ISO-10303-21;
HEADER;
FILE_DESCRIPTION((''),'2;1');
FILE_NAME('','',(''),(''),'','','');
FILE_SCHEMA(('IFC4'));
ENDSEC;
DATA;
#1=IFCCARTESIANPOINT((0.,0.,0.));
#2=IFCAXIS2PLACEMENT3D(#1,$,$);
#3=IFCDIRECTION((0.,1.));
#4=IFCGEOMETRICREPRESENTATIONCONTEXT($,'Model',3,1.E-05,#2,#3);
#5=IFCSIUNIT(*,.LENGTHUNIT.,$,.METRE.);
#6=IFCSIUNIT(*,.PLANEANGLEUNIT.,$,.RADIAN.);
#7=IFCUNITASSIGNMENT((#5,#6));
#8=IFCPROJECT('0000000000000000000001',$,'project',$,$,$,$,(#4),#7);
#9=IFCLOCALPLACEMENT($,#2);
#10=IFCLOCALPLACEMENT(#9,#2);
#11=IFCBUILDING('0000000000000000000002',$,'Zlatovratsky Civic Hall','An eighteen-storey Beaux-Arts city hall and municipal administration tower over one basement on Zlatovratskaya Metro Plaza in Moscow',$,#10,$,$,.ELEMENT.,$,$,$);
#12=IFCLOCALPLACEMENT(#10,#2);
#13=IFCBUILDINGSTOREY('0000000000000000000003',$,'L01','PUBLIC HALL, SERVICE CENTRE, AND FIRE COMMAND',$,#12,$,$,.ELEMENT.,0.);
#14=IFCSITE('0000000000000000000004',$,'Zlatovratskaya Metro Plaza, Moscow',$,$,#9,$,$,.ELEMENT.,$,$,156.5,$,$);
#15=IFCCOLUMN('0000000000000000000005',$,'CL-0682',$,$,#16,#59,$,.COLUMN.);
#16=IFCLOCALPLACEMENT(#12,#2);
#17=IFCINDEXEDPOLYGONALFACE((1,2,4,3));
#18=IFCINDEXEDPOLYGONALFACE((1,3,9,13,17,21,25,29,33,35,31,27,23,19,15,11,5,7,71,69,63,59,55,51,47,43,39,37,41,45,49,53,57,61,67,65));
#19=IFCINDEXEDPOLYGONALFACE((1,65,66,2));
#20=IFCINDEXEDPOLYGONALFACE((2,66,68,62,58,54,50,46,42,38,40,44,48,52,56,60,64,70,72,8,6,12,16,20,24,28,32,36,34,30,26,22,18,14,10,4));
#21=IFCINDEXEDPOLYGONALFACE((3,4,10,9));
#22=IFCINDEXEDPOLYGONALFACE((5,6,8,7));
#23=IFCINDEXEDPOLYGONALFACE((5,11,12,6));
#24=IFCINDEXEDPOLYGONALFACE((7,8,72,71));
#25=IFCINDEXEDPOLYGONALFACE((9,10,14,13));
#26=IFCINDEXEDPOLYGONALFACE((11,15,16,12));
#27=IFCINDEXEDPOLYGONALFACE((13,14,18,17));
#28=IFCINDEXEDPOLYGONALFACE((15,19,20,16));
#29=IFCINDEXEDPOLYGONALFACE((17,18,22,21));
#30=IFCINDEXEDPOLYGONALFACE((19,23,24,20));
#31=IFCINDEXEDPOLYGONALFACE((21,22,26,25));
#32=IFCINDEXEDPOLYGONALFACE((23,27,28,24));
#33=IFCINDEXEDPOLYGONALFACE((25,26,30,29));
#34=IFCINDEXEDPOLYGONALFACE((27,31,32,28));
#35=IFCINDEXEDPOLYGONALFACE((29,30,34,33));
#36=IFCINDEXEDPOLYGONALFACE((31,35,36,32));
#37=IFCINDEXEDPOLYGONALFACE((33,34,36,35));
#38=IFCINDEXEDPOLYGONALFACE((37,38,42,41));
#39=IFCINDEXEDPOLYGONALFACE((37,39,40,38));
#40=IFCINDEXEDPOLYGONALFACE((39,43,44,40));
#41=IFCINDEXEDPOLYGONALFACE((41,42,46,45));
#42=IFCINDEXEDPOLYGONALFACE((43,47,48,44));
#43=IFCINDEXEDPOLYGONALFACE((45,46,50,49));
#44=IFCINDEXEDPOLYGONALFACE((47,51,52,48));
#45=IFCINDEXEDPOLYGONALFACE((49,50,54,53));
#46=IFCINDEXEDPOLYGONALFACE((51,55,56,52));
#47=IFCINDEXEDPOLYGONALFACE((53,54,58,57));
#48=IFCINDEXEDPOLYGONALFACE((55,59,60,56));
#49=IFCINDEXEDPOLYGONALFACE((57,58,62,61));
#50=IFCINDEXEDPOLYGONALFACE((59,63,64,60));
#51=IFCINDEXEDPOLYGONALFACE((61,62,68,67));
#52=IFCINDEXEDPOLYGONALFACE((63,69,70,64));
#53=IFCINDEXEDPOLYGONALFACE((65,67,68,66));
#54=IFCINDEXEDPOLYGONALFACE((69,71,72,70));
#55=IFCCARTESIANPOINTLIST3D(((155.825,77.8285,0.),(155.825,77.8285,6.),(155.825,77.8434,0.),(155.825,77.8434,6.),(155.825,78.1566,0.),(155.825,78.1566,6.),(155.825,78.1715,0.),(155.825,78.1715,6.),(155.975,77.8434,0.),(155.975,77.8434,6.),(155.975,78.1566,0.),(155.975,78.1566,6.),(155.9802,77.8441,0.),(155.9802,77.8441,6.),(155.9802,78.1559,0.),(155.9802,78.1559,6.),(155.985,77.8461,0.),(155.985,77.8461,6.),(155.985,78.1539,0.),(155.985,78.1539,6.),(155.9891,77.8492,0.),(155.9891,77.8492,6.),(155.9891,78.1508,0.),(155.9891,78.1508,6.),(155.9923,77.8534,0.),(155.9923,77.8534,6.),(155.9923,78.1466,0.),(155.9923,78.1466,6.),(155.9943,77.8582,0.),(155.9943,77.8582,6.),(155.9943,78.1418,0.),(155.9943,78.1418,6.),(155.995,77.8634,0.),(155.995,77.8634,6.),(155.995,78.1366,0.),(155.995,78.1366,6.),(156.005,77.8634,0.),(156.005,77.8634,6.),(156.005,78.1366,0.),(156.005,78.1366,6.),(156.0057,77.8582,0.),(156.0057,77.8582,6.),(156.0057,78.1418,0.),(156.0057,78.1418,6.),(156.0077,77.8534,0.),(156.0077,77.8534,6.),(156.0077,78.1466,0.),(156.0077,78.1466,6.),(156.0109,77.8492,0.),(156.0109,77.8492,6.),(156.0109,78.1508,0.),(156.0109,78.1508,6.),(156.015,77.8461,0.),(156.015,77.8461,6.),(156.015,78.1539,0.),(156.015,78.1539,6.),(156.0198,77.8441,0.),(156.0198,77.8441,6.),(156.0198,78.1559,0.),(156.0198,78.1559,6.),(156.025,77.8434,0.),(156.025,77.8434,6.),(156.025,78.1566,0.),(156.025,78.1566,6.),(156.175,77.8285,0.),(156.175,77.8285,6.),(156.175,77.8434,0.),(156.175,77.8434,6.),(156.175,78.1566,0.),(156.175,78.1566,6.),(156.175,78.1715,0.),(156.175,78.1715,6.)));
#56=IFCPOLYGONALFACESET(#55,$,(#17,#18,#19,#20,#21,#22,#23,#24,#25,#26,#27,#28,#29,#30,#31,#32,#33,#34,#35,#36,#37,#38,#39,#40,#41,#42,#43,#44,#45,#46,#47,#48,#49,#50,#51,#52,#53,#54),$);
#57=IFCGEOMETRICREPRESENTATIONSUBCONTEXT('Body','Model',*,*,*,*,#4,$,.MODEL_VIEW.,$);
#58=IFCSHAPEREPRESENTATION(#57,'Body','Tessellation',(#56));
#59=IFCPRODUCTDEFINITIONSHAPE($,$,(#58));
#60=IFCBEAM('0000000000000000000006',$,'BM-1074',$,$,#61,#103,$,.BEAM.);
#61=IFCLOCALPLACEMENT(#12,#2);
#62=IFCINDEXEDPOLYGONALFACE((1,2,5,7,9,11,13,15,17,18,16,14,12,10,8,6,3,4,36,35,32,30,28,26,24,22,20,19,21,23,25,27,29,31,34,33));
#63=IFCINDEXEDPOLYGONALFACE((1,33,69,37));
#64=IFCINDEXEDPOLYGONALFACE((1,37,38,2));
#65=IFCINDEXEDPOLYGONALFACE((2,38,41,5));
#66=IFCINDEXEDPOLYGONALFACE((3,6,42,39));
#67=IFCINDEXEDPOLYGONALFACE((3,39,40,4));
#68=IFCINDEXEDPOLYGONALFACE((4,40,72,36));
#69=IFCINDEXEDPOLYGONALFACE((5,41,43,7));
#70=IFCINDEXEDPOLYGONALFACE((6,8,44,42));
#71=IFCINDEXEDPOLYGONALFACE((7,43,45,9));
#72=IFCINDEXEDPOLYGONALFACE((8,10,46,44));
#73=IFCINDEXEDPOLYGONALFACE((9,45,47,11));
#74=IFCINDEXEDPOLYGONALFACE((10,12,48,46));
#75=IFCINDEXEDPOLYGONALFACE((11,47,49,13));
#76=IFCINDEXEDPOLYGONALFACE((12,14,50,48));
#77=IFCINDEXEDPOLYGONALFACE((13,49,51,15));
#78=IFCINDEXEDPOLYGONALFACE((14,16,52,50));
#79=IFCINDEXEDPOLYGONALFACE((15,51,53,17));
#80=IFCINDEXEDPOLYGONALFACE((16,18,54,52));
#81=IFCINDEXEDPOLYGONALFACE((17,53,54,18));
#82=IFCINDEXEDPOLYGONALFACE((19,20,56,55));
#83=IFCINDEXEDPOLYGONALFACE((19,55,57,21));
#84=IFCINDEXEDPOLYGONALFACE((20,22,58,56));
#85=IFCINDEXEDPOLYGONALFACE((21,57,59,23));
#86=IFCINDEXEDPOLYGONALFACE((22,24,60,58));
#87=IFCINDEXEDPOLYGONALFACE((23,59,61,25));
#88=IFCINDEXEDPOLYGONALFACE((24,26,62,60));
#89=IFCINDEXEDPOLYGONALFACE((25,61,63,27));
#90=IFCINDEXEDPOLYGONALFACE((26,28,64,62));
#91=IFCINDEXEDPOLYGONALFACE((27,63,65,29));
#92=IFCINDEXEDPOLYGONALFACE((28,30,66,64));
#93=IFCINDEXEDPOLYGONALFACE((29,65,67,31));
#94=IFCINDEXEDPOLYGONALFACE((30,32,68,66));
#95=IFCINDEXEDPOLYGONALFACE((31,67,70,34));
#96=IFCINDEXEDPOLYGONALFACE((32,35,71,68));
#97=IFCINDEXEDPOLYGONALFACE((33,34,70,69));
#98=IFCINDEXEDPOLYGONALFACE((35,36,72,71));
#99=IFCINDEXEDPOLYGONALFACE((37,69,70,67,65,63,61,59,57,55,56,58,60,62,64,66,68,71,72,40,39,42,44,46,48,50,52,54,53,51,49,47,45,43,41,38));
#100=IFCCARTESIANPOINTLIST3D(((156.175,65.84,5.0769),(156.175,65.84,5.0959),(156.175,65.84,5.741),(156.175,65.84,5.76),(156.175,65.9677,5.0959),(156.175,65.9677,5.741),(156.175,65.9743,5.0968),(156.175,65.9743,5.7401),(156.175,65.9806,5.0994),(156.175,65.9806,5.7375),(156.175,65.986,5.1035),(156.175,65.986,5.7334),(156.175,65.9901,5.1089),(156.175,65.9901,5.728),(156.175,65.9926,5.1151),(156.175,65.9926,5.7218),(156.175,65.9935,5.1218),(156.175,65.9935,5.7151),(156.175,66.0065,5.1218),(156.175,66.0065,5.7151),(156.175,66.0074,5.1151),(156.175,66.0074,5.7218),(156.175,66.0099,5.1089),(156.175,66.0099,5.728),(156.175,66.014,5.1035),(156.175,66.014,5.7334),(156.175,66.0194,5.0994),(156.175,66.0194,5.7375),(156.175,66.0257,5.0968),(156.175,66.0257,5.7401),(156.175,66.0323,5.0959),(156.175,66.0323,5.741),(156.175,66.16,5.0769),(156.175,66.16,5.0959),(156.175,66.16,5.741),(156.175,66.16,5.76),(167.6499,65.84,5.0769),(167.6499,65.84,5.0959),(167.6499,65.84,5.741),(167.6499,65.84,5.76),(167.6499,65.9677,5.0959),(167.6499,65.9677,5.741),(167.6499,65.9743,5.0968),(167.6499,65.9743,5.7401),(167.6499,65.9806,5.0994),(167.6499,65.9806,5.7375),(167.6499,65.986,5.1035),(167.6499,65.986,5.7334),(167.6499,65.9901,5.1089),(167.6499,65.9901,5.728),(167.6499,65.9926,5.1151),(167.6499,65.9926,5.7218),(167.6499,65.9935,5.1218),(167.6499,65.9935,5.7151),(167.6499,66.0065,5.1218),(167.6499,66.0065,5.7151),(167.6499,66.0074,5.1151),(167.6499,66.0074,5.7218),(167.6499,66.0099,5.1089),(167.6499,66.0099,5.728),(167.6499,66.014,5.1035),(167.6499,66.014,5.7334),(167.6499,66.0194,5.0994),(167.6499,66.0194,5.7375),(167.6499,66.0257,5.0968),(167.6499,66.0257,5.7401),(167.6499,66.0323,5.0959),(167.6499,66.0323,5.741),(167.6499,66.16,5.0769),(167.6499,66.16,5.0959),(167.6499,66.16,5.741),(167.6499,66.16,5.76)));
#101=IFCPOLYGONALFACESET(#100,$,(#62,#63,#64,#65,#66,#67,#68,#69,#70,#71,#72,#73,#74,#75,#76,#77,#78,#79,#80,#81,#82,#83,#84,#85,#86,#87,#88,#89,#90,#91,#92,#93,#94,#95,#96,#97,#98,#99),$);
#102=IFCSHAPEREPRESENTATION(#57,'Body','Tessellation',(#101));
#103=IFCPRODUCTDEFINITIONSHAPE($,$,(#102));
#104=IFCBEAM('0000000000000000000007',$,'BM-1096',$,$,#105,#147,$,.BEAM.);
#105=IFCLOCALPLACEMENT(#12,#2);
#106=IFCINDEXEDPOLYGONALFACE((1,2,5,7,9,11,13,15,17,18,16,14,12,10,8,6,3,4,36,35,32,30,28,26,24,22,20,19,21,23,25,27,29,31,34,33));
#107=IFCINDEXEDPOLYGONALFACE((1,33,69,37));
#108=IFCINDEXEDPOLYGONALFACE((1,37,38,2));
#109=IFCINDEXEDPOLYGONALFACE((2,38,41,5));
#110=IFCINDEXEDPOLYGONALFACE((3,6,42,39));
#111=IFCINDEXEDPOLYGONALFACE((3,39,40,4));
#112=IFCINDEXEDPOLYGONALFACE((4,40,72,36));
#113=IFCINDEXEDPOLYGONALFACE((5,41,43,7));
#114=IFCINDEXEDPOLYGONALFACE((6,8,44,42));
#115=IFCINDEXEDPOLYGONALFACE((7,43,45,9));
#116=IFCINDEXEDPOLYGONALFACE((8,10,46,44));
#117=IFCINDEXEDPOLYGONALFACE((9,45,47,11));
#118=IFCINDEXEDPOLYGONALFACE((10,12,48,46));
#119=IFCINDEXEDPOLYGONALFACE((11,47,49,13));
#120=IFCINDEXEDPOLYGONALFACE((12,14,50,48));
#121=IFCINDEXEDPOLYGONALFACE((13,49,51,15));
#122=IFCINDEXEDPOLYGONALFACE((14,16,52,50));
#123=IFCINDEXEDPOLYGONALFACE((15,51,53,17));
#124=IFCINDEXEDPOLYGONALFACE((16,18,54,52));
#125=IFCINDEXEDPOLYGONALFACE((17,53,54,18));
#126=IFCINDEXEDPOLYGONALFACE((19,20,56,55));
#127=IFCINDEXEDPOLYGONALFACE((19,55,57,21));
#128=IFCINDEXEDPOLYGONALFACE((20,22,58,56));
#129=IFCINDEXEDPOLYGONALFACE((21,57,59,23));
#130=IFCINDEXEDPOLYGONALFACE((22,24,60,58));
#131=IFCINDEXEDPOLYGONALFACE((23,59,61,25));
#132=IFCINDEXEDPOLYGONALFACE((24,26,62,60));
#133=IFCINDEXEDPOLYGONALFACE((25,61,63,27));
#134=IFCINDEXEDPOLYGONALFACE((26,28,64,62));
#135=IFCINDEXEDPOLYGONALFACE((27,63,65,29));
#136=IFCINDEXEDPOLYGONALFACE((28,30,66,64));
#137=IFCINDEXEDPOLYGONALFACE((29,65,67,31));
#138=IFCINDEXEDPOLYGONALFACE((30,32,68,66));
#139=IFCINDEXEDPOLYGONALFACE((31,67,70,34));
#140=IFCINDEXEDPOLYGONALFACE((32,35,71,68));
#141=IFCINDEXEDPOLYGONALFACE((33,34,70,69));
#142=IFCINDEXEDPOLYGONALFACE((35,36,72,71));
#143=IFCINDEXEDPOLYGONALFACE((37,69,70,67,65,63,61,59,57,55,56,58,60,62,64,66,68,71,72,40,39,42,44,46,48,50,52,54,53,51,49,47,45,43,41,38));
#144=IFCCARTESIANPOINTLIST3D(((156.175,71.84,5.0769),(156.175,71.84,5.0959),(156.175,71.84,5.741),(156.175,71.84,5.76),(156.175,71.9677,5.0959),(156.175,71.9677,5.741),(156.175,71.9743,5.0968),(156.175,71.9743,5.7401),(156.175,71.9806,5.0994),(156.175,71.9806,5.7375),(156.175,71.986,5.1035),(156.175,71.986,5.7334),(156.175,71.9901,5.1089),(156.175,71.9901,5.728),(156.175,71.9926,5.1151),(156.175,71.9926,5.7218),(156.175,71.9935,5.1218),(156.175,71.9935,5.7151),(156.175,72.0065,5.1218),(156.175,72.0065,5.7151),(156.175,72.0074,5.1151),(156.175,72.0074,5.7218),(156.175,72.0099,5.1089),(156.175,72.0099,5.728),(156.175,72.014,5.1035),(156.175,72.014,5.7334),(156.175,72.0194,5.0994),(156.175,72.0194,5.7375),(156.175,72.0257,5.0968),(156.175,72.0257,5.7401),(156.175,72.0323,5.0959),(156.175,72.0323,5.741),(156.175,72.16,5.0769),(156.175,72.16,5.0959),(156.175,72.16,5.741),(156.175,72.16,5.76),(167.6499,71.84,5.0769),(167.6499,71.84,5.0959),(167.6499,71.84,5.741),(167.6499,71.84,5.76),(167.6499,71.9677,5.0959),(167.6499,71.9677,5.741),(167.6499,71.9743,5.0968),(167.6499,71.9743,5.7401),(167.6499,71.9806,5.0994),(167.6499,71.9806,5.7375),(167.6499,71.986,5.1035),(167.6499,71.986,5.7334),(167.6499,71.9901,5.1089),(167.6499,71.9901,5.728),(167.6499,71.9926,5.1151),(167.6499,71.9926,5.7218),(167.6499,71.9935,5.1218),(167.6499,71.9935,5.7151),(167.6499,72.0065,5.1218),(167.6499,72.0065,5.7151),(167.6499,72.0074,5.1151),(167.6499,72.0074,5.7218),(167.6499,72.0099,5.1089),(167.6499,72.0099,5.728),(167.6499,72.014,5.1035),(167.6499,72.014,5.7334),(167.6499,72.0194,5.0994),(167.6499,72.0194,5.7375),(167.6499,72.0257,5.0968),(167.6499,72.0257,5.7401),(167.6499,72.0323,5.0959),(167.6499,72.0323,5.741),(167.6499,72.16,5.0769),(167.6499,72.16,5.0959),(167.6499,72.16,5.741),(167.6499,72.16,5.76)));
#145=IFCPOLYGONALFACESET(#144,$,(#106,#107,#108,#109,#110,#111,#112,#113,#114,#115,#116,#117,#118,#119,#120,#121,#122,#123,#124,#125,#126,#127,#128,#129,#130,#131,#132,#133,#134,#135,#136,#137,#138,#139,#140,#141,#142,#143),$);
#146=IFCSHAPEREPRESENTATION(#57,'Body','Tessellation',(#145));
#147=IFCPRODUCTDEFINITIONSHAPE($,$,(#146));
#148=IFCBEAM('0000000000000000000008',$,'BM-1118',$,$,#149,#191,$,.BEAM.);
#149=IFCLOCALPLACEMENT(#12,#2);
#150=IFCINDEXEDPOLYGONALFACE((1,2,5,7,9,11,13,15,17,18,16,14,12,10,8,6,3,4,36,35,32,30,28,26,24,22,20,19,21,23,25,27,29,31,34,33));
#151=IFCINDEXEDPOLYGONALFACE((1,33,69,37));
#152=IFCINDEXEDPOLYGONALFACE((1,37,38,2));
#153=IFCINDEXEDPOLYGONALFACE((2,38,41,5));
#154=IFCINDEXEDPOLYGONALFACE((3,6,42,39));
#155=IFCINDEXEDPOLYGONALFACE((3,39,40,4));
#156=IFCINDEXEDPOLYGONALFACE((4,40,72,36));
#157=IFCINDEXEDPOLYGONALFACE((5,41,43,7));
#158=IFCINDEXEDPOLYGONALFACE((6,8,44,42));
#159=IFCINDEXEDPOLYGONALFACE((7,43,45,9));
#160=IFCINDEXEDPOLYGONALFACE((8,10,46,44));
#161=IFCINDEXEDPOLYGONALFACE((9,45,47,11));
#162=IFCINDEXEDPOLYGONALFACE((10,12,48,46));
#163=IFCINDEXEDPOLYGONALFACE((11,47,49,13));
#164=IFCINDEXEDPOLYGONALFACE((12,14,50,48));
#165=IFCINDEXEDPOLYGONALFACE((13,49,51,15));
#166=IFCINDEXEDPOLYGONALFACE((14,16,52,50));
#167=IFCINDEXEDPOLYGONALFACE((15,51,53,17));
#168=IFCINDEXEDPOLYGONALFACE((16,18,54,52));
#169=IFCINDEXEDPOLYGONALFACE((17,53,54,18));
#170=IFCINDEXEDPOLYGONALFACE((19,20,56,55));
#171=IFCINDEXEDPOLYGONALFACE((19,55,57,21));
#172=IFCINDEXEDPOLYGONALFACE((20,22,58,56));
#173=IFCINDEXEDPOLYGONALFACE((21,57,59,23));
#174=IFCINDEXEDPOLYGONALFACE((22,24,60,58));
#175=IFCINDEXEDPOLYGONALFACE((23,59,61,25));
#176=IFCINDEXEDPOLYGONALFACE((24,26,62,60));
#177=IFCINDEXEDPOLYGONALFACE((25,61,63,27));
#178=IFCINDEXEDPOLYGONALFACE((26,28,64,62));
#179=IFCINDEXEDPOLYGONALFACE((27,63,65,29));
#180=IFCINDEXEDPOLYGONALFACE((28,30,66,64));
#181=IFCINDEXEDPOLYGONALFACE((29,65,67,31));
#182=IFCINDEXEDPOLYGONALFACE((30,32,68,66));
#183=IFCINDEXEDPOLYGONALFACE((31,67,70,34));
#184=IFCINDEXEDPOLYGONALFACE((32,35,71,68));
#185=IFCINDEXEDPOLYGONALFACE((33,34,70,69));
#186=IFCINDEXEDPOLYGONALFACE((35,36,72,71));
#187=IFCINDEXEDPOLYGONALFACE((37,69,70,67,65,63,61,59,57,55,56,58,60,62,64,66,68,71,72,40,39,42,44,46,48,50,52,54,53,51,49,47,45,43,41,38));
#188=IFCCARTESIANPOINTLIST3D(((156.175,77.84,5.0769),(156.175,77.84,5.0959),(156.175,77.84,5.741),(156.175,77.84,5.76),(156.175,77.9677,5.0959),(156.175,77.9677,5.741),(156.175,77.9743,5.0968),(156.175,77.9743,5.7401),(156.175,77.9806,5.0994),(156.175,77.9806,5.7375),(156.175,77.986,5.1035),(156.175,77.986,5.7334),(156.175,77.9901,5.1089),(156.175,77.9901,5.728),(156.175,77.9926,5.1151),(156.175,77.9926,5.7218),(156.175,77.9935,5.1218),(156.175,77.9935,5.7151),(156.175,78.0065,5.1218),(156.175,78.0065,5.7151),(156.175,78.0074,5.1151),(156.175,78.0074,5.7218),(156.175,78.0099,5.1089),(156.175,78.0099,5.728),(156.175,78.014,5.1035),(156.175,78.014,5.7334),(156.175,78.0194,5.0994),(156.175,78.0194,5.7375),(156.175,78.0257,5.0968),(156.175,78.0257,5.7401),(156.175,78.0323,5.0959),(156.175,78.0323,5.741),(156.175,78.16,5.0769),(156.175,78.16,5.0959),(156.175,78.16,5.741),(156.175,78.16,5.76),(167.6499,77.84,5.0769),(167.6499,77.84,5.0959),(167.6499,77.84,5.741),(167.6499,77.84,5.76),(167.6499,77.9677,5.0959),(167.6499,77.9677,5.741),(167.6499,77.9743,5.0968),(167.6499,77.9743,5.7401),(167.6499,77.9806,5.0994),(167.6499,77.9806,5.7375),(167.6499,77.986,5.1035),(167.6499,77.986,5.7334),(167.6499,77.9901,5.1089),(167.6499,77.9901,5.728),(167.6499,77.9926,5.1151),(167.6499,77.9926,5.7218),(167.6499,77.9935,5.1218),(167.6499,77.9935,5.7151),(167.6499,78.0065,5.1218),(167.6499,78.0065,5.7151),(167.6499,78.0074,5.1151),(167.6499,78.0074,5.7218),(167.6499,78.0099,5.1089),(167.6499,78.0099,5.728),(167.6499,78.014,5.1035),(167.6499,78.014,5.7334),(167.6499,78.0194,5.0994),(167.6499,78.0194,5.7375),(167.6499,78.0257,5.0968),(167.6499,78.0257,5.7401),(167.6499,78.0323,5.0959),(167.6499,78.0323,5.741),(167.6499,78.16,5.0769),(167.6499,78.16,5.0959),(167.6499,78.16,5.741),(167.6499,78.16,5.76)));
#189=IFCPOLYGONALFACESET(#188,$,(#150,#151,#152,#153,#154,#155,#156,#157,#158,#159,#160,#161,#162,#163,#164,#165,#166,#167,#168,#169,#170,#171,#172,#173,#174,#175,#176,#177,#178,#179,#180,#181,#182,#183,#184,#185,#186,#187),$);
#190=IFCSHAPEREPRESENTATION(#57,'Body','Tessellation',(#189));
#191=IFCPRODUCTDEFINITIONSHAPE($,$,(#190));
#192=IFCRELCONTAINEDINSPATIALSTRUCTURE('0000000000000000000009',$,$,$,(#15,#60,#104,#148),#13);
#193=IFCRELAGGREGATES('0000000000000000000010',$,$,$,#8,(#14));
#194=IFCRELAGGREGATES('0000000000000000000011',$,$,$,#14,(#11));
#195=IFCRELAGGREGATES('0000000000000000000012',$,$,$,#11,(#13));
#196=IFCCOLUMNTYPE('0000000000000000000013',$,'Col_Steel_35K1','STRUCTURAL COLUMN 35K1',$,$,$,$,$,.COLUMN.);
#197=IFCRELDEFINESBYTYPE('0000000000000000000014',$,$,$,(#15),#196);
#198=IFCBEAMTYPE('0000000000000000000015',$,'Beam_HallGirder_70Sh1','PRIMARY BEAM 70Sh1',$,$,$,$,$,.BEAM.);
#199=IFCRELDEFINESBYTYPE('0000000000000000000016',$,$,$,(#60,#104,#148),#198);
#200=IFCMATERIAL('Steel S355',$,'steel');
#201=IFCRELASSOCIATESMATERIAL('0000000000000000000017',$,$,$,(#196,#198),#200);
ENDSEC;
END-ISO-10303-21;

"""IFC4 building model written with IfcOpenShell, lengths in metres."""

from ifc_helpers import new_model, si_unit, direction, frame, origin, origin_2d, place, context, subcontext, project, spatial, i_section, extrude, material, material_profile, profile_set, type_object, element, save


model = new_model("IFC4")

# Units and contexts
model_context = context("Model", 3, precision=1e-05, world=origin(), true_north=direction((0.0, 1.0)))
body_context = subcontext(model_context, "Body", "Model", "MODEL_VIEW")
ifc_project = project(units=[si_unit("LENGTHUNIT", "METRE"), si_unit("PLANEANGLEUNIT", "RADIAN")], contexts=[model_context])

# Site, building, storey
site_placement = place(None, origin())
site = spatial("IfcSite", under=ifc_project, at=site_placement, Name="Zlatovratskaya Metro Plaza, Moscow", CompositionType="ELEMENT", RefElevation=156.5)
building_placement = place(site_placement, origin())
building = spatial("IfcBuilding", under=site, at=building_placement, Name="Zlatovratsky Civic Hall", Description="An eighteen-storey Beaux-Arts city hall and municipal administration tower over one basement on Zlatovratskaya Metro Plaza in Moscow", CompositionType="ELEMENT")
storey_placement = place(building_placement, origin())
storey = spatial("IfcBuildingStorey", under=building, at=storey_placement, Name="L01", Description="PUBLIC HALL, SERVICE CENTRE, AND FIRE COMMAND", CompositionType="ELEMENT", Elevation=0.0)

# Column
ifc_material_1 = material(Name="Steel S355", Category="steel")
ifc_material_profile_1 = material_profile(ifc_material_1, i_section(OverallWidth=0.3501, OverallDepth=0.343, WebThickness=0.01, FlangeThickness=0.0149, FilletRadius=0.02, at=origin_2d()), Name="35K1")
ifc_profile_set_1 = profile_set([ifc_material_profile_1], Name="Steel S355")
column_type_1 = type_object("IfcColumnType", Name="Col_Steel_35K1", Description="STRUCTURAL COLUMN 35K1", PredefinedType="COLUMN", material=ifc_profile_set_1)
for number, where, z_axis, x_axis, name in (
    (1, (156.0, 78.0, 0.0), (0.0, 0.0, 1.0), (1.0, 0.0, 0.0), "CL-0682"),
):
    element("IfcColumn", number, at=place(storey_placement, frame(where, z_axis=z_axis, x_axis=x_axis)), inside=storey, type_object=column_type_1, Name=name, PredefinedType="COLUMN", context=body_context, shape_type="SweptSolid", body=[
        extrude(i_section(OverallWidth=0.3501, OverallDepth=0.343, WebThickness=0.01, FlangeThickness=0.0149, FilletRadius=0.02, at=origin_2d()), origin(), (0.0, 0.0, 1.0), 6.0),
    ])

# Beams
ifc_material_profile_2 = material_profile(ifc_material_1, i_section(OverallWidth=0.3201, OverallDepth=0.6831, WebThickness=0.0129, FlangeThickness=0.019, FilletRadius=0.0259, at=origin_2d()), Name="70Sh1")
ifc_profile_set_2 = profile_set([ifc_material_profile_2], Name="Steel S355")
beam_type_1 = type_object("IfcBeamType", Name="Beam_HallGirder_70Sh1", Description="PRIMARY BEAM 70Sh1", PredefinedType="BEAM", material=ifc_profile_set_2)
for number, where, z_axis, x_axis, name in (
    (2, (156.175, 66.0, 5.4185), (1.0, 0.0, 0.0), (0.0, 1.0, 0.0), "BM-1074"),
    (3, (156.175, 72.0, 5.4185), (1.0, 0.0, 0.0), (0.0, 1.0, 0.0), "BM-1096"),
    (4, (156.175, 78.0, 5.4185), (1.0, 0.0, 0.0), (0.0, 1.0, 0.0), "BM-1118"),
):
    element("IfcBeam", number, at=place(storey_placement, frame(where, z_axis=z_axis, x_axis=x_axis)), inside=storey, type_object=beam_type_1, Name=name, PredefinedType="BEAM", context=body_context, shape_type="SweptSolid", body=[
        extrude(i_section(OverallWidth=0.3201, OverallDepth=0.6831, WebThickness=0.0129, FlangeThickness=0.019, FilletRadius=0.0259, at=origin_2d()), origin(), (0.0, 0.0, 1.0), 11.4749),
    ])

save(model, "model.ifc")
